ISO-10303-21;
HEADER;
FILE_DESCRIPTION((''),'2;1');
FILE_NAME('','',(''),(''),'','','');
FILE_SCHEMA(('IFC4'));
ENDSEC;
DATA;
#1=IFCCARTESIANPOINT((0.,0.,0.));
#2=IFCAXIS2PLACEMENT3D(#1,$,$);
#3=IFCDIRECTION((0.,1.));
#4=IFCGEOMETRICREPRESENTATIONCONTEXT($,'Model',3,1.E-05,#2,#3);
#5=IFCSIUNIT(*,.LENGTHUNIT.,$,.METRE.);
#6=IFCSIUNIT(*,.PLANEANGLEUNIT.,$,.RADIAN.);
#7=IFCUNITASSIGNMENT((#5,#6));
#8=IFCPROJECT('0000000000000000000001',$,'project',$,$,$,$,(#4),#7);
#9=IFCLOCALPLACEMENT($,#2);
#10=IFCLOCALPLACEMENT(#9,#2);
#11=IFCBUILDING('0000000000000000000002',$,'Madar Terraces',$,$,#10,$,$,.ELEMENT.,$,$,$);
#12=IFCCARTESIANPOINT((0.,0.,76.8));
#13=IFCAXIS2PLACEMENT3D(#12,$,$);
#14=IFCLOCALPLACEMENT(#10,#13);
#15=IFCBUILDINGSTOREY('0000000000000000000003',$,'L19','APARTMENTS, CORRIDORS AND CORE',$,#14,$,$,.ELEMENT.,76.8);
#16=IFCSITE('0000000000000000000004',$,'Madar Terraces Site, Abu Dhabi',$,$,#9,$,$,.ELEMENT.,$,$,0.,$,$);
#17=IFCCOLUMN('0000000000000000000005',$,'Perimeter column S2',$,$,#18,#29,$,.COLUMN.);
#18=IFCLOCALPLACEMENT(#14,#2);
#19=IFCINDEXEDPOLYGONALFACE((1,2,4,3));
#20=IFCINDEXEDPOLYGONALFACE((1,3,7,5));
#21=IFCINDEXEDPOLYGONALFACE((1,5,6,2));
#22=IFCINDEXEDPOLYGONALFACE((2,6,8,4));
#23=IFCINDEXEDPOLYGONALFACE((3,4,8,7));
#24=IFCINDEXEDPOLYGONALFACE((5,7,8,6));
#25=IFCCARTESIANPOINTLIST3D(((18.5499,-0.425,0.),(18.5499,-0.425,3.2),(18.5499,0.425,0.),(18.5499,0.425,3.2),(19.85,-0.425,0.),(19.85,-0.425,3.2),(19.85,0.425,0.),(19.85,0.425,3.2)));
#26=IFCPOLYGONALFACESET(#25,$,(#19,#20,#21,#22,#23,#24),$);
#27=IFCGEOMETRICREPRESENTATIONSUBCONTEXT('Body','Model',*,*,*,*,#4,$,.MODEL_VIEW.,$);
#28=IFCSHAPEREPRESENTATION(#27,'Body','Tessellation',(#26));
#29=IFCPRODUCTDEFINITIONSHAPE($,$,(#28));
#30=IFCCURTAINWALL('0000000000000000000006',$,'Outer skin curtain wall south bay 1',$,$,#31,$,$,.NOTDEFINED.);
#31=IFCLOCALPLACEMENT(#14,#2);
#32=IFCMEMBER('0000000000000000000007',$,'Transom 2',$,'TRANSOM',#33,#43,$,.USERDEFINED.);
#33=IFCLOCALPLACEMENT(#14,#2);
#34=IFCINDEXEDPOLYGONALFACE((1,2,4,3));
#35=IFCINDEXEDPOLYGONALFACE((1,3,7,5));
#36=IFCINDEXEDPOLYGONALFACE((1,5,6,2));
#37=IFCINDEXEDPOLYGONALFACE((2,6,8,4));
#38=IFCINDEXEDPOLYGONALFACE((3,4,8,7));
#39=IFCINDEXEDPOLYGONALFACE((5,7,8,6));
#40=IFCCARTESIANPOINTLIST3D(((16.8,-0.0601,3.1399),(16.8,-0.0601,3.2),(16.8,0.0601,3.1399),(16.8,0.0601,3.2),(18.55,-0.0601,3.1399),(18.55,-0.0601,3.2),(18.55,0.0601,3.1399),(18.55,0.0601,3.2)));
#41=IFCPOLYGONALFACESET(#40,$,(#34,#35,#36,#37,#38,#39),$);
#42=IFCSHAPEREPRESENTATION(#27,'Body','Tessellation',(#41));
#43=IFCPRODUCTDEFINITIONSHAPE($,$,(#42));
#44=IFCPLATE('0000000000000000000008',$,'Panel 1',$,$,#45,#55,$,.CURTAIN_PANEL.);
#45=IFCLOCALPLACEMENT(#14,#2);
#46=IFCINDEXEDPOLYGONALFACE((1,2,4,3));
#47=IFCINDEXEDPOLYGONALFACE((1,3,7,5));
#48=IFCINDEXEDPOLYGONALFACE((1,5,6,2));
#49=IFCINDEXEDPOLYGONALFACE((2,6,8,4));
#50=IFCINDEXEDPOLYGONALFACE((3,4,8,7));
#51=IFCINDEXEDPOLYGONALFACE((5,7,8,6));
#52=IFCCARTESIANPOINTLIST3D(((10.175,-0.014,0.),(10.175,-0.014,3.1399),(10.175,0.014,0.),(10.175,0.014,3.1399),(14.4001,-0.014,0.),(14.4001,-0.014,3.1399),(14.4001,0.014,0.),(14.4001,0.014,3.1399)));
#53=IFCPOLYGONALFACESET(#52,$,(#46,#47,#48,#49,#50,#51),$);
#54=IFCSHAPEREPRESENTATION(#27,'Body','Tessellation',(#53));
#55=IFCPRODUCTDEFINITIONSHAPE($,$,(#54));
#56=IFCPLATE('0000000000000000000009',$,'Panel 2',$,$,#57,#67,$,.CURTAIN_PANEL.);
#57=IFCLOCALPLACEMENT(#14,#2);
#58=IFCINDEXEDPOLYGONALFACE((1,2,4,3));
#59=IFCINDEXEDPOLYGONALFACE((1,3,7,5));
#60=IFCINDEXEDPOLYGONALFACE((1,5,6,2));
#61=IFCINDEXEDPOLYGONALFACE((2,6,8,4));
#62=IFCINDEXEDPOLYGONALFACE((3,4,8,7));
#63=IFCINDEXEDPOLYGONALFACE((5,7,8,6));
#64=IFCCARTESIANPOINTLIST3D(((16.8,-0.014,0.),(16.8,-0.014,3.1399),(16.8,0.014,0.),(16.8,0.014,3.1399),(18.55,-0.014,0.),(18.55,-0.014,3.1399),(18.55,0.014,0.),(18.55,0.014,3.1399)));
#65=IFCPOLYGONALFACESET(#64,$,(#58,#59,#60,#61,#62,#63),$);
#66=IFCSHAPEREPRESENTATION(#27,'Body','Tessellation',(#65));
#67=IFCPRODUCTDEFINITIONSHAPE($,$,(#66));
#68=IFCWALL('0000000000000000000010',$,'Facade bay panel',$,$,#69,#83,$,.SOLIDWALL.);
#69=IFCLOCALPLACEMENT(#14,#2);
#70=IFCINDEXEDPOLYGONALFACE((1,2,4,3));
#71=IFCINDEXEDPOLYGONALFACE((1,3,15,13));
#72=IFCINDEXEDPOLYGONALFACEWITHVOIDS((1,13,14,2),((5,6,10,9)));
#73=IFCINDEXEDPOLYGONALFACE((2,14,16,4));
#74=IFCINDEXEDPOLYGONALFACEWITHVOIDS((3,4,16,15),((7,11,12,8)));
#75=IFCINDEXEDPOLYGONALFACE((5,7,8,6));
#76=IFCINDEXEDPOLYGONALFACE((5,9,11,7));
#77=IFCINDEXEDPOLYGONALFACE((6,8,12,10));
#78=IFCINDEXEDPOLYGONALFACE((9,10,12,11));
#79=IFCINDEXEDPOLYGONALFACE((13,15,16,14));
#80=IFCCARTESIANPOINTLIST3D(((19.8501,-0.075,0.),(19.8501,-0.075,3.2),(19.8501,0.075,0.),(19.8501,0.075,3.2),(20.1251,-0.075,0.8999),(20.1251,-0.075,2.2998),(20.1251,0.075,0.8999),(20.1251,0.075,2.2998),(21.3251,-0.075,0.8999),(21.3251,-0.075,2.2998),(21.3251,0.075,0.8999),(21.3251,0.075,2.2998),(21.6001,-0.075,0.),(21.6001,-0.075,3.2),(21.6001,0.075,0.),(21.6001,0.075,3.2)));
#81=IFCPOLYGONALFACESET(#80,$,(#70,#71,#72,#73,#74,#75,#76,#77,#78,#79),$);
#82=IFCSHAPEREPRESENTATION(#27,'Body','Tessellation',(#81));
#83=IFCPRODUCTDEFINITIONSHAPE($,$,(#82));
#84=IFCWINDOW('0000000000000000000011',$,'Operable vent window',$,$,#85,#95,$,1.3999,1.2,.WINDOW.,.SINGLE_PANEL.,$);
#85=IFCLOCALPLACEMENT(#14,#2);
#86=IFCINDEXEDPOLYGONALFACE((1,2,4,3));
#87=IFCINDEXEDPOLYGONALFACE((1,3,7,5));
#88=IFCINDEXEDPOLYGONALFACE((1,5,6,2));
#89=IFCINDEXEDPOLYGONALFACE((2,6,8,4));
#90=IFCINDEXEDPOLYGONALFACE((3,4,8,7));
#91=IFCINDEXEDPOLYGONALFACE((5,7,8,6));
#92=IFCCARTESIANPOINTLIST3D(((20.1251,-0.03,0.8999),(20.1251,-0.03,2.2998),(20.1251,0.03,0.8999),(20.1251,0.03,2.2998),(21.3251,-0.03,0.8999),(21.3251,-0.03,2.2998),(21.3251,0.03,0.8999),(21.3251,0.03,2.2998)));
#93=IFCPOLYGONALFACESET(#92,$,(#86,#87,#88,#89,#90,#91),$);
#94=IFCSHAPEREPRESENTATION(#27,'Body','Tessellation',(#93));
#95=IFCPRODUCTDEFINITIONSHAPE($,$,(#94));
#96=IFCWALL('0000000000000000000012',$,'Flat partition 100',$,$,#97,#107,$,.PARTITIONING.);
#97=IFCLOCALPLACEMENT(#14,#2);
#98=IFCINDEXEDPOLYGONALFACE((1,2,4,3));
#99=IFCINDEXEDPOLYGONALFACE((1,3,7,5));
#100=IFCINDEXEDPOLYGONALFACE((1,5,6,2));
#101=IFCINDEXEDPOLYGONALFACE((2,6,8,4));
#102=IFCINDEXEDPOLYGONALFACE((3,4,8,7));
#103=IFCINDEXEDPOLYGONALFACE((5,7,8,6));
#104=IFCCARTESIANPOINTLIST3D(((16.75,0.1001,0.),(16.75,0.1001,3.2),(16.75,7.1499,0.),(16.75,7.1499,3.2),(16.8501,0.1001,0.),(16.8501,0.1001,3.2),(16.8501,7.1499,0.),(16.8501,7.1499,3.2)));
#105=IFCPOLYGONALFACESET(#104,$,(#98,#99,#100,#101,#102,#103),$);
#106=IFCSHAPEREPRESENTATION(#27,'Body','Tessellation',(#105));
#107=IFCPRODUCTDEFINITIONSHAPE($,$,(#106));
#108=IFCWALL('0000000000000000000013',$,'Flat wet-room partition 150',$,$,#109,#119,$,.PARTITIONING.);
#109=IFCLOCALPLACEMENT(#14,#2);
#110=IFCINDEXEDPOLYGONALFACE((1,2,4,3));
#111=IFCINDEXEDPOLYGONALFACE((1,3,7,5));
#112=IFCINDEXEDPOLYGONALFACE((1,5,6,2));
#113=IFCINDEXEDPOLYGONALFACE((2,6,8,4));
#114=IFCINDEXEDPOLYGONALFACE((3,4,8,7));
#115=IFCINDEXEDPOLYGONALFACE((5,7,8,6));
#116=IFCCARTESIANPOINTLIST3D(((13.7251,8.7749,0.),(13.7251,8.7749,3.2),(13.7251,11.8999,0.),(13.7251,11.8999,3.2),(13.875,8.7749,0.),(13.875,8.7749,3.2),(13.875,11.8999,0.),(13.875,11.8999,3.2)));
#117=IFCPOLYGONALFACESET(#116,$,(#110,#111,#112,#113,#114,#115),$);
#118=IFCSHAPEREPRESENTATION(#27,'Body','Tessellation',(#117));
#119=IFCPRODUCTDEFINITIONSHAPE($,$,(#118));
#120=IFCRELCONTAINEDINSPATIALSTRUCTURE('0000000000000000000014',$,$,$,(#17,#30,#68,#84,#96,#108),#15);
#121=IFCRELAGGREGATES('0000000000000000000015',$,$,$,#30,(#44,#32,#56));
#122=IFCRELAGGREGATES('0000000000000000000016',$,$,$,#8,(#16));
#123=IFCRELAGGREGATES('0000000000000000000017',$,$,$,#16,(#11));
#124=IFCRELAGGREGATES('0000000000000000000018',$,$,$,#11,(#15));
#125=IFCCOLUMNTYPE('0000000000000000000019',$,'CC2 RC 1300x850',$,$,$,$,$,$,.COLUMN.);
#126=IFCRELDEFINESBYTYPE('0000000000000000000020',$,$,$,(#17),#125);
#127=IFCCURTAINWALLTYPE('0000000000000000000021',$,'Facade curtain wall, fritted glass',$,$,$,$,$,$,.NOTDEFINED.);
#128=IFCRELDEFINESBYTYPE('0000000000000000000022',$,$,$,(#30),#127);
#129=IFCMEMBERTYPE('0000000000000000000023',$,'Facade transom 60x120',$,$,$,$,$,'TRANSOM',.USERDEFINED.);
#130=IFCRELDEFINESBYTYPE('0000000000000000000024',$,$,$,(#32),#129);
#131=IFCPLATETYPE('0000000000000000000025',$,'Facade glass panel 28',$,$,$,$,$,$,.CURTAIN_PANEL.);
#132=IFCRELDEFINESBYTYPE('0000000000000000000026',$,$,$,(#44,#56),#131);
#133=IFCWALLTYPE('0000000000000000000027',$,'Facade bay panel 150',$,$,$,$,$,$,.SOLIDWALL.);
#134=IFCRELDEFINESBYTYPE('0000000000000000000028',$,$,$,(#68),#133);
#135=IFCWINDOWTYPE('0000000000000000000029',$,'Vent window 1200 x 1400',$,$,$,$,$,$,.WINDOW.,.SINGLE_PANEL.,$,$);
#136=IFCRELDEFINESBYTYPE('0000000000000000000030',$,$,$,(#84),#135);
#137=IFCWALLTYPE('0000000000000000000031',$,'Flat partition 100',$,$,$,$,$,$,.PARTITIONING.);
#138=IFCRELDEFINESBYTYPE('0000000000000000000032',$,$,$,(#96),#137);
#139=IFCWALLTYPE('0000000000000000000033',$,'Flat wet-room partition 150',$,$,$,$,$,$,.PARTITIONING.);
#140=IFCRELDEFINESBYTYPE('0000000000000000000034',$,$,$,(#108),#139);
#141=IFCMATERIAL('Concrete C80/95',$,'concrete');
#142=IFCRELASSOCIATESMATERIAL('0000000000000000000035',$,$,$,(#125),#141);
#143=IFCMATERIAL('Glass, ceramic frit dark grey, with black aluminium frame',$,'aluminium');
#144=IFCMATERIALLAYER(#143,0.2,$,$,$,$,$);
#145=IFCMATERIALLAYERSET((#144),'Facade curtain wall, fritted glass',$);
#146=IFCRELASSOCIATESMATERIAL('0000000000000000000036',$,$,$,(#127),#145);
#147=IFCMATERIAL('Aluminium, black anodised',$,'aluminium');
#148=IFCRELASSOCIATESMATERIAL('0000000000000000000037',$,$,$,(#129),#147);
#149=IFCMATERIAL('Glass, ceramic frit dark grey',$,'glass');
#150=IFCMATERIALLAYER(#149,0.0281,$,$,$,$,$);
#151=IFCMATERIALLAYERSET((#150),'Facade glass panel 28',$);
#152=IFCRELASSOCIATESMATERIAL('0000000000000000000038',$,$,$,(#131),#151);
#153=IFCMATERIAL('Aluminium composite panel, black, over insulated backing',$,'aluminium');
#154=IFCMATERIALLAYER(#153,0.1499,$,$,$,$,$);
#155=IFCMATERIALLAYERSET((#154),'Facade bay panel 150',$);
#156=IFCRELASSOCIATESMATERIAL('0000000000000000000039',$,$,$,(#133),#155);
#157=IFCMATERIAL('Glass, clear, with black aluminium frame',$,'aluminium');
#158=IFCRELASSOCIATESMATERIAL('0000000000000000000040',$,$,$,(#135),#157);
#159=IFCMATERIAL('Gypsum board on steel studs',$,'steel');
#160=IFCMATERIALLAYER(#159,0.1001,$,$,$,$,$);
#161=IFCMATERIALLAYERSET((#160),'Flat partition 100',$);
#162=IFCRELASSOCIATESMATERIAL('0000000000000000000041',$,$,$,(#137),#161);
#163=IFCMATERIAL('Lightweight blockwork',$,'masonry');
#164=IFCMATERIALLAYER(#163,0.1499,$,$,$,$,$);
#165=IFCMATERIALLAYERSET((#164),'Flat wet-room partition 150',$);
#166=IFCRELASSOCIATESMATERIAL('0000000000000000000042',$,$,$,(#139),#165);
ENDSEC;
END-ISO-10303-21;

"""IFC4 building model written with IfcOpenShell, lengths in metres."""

from ifc_helpers import new_model, si_unit, direction, frame, frame_2d, origin, origin_2d, place, context, subcontext, project, spatial, rectangle, extrude, material, layer, layer_set, material_profile, profile_set, type_object, element, fill, aggregate, save


model = new_model("IFC4")

# Units and contexts
model_context = context("Model", 3, precision=1e-05, world=origin(), true_north=direction((0.0, 1.0)))
body_context = subcontext(model_context, "Body", "Model", "MODEL_VIEW")
ifc_project = project(units=[si_unit("LENGTHUNIT", "METRE"), si_unit("PLANEANGLEUNIT", "RADIAN")], contexts=[model_context])

# Site, building, storey
site_placement = place(None, origin())
site = spatial("IfcSite", under=ifc_project, at=site_placement, Name="Madar Terraces Site, Abu Dhabi", CompositionType="ELEMENT", RefElevation=0.0)
building_placement = place(site_placement, origin())
building = spatial("IfcBuilding", under=site, at=building_placement, Name="Madar Terraces", CompositionType="ELEMENT")
storey_placement = place(building_placement, frame((0.0, 0.0, 76.8)))
storey = spatial("IfcBuildingStorey", under=building, at=storey_placement, Name="L19", Description="APARTMENTS, CORRIDORS AND CORE", CompositionType="ELEMENT", Elevation=76.8)

# Column
ifc_material_1 = material(Name="Concrete C80/95", Category="concrete")
ifc_material_profile_1 = material_profile(ifc_material_1, rectangle(XDim=1.3, YDim=0.8501, at=origin_2d()), Name="CC2 RC 1300x850")
ifc_profile_set_1 = profile_set([ifc_material_profile_1], Name="Concrete C80/95")
column_type = type_object("IfcColumnType", Name="CC2 RC 1300x850", PredefinedType="COLUMN", material=ifc_profile_set_1)
column_placement = place(storey_placement, frame((19.2, 0.0, 0.0), z_axis=(0.0, 0.0, 1.0), x_axis=(1.0, 0.0, 0.0)))
element("IfcColumn", 1, at=column_placement, inside=storey, type_object=column_type, Name="Perimeter column S2", PredefinedType="COLUMN", context=body_context, shape_type="SweptSolid", body=[
    extrude(rectangle(XDim=1.3, YDim=0.8501, at=origin_2d()), origin(), (0.0, 0.0, 1.0), 3.2),
])

# Curtain wall, member, plates
ifc_material_2 = material(Name="Glass, ceramic frit dark grey, with black aluminium frame", Category="aluminium")
ifc_layer_1 = layer(ifc_material_2, 0.2)
ifc_layer_set_1 = layer_set([ifc_layer_1], Name="Facade curtain wall, fritted glass")
curtain_wall_type = type_object("IfcCurtainWallType", Name="Facade curtain wall, fritted glass", PredefinedType="NOTDEFINED", material=ifc_layer_set_1)
curtain_wall_placement = place(storey_placement, origin())
curtain_wall = element("IfcCurtainWall", 2, at=curtain_wall_placement, inside=storey, type_object=curtain_wall_type, Name="Outer skin curtain wall south bay 1", PredefinedType="NOTDEFINED")
ifc_material_3 = material(Name="Aluminium, black anodised", Category="aluminium")
ifc_material_profile_2 = material_profile(ifc_material_3, rectangle(XDim=0.1201, YDim=0.0601, at=origin_2d()), Name="Facade transom 60x120")
ifc_profile_set_2 = profile_set([ifc_material_profile_2], Name="Aluminium, black anodised")
member_type = type_object("IfcMemberType", Name="Facade transom 60x120", ElementType="TRANSOM", PredefinedType="USERDEFINED", material=ifc_profile_set_2)
member_placement = place(storey_placement, frame((16.8, 0.0, 3.1699), z_axis=(1.0, 0.0, 0.0), x_axis=(0.0, 1.0, 0.0)))
member = element("IfcMember", 3, at=member_placement, type_object=member_type, Name="Transom 2", ObjectType="TRANSOM", PredefinedType="USERDEFINED", context=body_context, shape_type="SweptSolid", body=[
    extrude(rectangle(XDim=0.1201, YDim=0.0601, at=origin_2d()), origin(), (0.0, 0.0, 1.0), 1.75),
])
ifc_material_4 = material(Name="Glass, ceramic frit dark grey", Category="glass")
ifc_layer_2 = layer(ifc_material_4, 0.0281)
ifc_layer_set_2 = layer_set([ifc_layer_2], Name="Facade glass panel 28")
plate_type = type_object("IfcPlateType", Name="Facade glass panel 28", PredefinedType="CURTAIN_PANEL", material=ifc_layer_set_2)
plate_1_placement = place(storey_placement, frame((12.2876, 0.0, 0.0), z_axis=(0.0, 0.0, 1.0), x_axis=(1.0, 0.0, 0.0)))
plate_1 = element("IfcPlate", 4, at=plate_1_placement, type_object=plate_type, Name="Panel 1", PredefinedType="CURTAIN_PANEL", context=body_context, shape_type="SweptSolid", body=[
    extrude(rectangle(XDim=4.2251, YDim=0.0281, at=origin_2d()), origin(), (0.0, 0.0, 1.0), 3.1399),
])
plate_2_placement = place(storey_placement, frame((17.675, 0.0, 0.0), z_axis=(0.0, 0.0, 1.0), x_axis=(1.0, 0.0, 0.0)))
plate_2 = element("IfcPlate", 5, at=plate_2_placement, type_object=plate_type, Name="Panel 2", PredefinedType="CURTAIN_PANEL", context=body_context, shape_type="SweptSolid", body=[
    extrude(rectangle(XDim=1.75, YDim=0.0281, at=origin_2d()), origin(), (0.0, 0.0, 1.0), 3.1399),
])
aggregate(curtain_wall, [plate_1, member, plate_2])

# Shared definitions
ifc_material_5 = material(Name="Aluminium composite panel, black, over insulated backing", Category="aluminium")
ifc_layer_3 = layer(ifc_material_5, 0.1499)
ifc_layer_set_3 = layer_set([ifc_layer_3], Name="Facade bay panel 150")
wall_type_1 = type_object("IfcWallType", Name="Facade bay panel 150", PredefinedType="SOLIDWALL", material=ifc_layer_set_3)

# Wall, opening, window
wall_1_placement = place(storey_placement, frame((19.8501, 0.0, 0.0), z_axis=(0.0, 0.0, 1.0), x_axis=(1.0, 0.0, 0.0)))
wall_1 = element("IfcWall", 6, at=wall_1_placement, inside=storey, type_object=wall_type_1, Name="Facade bay panel", PredefinedType="SOLIDWALL", context=body_context, shape_type="SweptSolid", body=[
    extrude(rectangle(XDim=1.75, YDim=0.1499, at=frame_2d((0.875, 0.0))), origin(), (0.0, 0.0, 1.0), 3.2),
])
opening_1_placement = place(wall_1_placement, frame((0.2749, 0.0, 0.8999)))
opening_1 = element("IfcOpeningElement", 7, at=opening_1_placement, cuts=wall_1, PredefinedType="OPENING", context=body_context, shape_type="SweptSolid", body=[
    extrude(rectangle(XDim=1.2, YDim=1.3999, at=frame_2d((0.6001, 0.7))), frame((0.0, 0.085, 0.0), z_axis=(0.0, -1.0, 0.0), x_axis=(1.0, 0.0, 0.0)), (0.0, 0.0, 1.0), 0.1699),
])
ifc_material_6 = material(Name="Glass, clear, with black aluminium frame", Category="aluminium")
window_type = type_object("IfcWindowType", Name="Vent window 1200 x 1400", PartitioningType="SINGLE_PANEL", PredefinedType="WINDOW", material=ifc_material_6)
window_placement = place(opening_1_placement, origin())
window = element("IfcWindow", 8, at=window_placement, inside=storey, type_object=window_type, Name="Operable vent window", OverallHeight=1.3999, OverallWidth=1.2, PartitioningType="SINGLE_PANEL", PredefinedType="WINDOW", context=body_context, shape_type="SweptSolid", body=[
    extrude(rectangle(XDim=1.2, YDim=1.3999, at=frame_2d((0.6001, 0.7))), frame((0.0, 0.03, 0.0), z_axis=(0.0, -1.0, 0.0), x_axis=(1.0, 0.0, 0.0)), (0.0, 0.0, 1.0), 0.0601),
])
fill(opening_1, window)

# Walls
ifc_material_7 = material(Name="Gypsum board on steel studs", Category="steel")
ifc_layer_4 = layer(ifc_material_7, 0.1001)
ifc_layer_set_4 = layer_set([ifc_layer_4], Name="Flat partition 100")
wall_type_2 = type_object("IfcWallType", Name="Flat partition 100", PredefinedType="PARTITIONING", material=ifc_layer_set_4)
wall_2_placement = place(storey_placement, frame((16.8, 7.1499, 0.0), z_axis=(0.0, 0.0, 1.0), x_axis=(0.0, -1.0, 0.0)))
element("IfcWall", 9, at=wall_2_placement, inside=storey, type_object=wall_type_2, Name="Flat partition 100", PredefinedType="PARTITIONING", context=body_context, shape_type="SweptSolid", body=[
    extrude(rectangle(XDim=7.0498, YDim=0.1001, at=frame_2d((3.5249, 0.0))), origin(), (0.0, 0.0, 1.0), 3.2),
])
ifc_material_8 = material(Name="Lightweight blockwork", Category="masonry")
ifc_layer_5 = layer(ifc_material_8, 0.1499)
ifc_layer_set_5 = layer_set([ifc_layer_5], Name="Flat wet-room partition 150")
wall_type_3 = type_object("IfcWallType", Name="Flat wet-room partition 150", PredefinedType="PARTITIONING", material=ifc_layer_set_5)
wall_3_placement = place(storey_placement, frame((13.8, 11.8999, 0.0), z_axis=(0.0, 0.0, 1.0), x_axis=(0.0, -1.0, 0.0)))
element("IfcWall", 10, at=wall_3_placement, inside=storey, type_object=wall_type_3, Name="Flat wet-room partition 150", PredefinedType="PARTITIONING", context=body_context, shape_type="SweptSolid", body=[
    extrude(rectangle(XDim=3.125, YDim=0.1499, at=frame_2d((1.5625, 0.0))), origin(), (0.0, 0.0, 1.0), 3.2),
])

save(model, "model.ifc")
